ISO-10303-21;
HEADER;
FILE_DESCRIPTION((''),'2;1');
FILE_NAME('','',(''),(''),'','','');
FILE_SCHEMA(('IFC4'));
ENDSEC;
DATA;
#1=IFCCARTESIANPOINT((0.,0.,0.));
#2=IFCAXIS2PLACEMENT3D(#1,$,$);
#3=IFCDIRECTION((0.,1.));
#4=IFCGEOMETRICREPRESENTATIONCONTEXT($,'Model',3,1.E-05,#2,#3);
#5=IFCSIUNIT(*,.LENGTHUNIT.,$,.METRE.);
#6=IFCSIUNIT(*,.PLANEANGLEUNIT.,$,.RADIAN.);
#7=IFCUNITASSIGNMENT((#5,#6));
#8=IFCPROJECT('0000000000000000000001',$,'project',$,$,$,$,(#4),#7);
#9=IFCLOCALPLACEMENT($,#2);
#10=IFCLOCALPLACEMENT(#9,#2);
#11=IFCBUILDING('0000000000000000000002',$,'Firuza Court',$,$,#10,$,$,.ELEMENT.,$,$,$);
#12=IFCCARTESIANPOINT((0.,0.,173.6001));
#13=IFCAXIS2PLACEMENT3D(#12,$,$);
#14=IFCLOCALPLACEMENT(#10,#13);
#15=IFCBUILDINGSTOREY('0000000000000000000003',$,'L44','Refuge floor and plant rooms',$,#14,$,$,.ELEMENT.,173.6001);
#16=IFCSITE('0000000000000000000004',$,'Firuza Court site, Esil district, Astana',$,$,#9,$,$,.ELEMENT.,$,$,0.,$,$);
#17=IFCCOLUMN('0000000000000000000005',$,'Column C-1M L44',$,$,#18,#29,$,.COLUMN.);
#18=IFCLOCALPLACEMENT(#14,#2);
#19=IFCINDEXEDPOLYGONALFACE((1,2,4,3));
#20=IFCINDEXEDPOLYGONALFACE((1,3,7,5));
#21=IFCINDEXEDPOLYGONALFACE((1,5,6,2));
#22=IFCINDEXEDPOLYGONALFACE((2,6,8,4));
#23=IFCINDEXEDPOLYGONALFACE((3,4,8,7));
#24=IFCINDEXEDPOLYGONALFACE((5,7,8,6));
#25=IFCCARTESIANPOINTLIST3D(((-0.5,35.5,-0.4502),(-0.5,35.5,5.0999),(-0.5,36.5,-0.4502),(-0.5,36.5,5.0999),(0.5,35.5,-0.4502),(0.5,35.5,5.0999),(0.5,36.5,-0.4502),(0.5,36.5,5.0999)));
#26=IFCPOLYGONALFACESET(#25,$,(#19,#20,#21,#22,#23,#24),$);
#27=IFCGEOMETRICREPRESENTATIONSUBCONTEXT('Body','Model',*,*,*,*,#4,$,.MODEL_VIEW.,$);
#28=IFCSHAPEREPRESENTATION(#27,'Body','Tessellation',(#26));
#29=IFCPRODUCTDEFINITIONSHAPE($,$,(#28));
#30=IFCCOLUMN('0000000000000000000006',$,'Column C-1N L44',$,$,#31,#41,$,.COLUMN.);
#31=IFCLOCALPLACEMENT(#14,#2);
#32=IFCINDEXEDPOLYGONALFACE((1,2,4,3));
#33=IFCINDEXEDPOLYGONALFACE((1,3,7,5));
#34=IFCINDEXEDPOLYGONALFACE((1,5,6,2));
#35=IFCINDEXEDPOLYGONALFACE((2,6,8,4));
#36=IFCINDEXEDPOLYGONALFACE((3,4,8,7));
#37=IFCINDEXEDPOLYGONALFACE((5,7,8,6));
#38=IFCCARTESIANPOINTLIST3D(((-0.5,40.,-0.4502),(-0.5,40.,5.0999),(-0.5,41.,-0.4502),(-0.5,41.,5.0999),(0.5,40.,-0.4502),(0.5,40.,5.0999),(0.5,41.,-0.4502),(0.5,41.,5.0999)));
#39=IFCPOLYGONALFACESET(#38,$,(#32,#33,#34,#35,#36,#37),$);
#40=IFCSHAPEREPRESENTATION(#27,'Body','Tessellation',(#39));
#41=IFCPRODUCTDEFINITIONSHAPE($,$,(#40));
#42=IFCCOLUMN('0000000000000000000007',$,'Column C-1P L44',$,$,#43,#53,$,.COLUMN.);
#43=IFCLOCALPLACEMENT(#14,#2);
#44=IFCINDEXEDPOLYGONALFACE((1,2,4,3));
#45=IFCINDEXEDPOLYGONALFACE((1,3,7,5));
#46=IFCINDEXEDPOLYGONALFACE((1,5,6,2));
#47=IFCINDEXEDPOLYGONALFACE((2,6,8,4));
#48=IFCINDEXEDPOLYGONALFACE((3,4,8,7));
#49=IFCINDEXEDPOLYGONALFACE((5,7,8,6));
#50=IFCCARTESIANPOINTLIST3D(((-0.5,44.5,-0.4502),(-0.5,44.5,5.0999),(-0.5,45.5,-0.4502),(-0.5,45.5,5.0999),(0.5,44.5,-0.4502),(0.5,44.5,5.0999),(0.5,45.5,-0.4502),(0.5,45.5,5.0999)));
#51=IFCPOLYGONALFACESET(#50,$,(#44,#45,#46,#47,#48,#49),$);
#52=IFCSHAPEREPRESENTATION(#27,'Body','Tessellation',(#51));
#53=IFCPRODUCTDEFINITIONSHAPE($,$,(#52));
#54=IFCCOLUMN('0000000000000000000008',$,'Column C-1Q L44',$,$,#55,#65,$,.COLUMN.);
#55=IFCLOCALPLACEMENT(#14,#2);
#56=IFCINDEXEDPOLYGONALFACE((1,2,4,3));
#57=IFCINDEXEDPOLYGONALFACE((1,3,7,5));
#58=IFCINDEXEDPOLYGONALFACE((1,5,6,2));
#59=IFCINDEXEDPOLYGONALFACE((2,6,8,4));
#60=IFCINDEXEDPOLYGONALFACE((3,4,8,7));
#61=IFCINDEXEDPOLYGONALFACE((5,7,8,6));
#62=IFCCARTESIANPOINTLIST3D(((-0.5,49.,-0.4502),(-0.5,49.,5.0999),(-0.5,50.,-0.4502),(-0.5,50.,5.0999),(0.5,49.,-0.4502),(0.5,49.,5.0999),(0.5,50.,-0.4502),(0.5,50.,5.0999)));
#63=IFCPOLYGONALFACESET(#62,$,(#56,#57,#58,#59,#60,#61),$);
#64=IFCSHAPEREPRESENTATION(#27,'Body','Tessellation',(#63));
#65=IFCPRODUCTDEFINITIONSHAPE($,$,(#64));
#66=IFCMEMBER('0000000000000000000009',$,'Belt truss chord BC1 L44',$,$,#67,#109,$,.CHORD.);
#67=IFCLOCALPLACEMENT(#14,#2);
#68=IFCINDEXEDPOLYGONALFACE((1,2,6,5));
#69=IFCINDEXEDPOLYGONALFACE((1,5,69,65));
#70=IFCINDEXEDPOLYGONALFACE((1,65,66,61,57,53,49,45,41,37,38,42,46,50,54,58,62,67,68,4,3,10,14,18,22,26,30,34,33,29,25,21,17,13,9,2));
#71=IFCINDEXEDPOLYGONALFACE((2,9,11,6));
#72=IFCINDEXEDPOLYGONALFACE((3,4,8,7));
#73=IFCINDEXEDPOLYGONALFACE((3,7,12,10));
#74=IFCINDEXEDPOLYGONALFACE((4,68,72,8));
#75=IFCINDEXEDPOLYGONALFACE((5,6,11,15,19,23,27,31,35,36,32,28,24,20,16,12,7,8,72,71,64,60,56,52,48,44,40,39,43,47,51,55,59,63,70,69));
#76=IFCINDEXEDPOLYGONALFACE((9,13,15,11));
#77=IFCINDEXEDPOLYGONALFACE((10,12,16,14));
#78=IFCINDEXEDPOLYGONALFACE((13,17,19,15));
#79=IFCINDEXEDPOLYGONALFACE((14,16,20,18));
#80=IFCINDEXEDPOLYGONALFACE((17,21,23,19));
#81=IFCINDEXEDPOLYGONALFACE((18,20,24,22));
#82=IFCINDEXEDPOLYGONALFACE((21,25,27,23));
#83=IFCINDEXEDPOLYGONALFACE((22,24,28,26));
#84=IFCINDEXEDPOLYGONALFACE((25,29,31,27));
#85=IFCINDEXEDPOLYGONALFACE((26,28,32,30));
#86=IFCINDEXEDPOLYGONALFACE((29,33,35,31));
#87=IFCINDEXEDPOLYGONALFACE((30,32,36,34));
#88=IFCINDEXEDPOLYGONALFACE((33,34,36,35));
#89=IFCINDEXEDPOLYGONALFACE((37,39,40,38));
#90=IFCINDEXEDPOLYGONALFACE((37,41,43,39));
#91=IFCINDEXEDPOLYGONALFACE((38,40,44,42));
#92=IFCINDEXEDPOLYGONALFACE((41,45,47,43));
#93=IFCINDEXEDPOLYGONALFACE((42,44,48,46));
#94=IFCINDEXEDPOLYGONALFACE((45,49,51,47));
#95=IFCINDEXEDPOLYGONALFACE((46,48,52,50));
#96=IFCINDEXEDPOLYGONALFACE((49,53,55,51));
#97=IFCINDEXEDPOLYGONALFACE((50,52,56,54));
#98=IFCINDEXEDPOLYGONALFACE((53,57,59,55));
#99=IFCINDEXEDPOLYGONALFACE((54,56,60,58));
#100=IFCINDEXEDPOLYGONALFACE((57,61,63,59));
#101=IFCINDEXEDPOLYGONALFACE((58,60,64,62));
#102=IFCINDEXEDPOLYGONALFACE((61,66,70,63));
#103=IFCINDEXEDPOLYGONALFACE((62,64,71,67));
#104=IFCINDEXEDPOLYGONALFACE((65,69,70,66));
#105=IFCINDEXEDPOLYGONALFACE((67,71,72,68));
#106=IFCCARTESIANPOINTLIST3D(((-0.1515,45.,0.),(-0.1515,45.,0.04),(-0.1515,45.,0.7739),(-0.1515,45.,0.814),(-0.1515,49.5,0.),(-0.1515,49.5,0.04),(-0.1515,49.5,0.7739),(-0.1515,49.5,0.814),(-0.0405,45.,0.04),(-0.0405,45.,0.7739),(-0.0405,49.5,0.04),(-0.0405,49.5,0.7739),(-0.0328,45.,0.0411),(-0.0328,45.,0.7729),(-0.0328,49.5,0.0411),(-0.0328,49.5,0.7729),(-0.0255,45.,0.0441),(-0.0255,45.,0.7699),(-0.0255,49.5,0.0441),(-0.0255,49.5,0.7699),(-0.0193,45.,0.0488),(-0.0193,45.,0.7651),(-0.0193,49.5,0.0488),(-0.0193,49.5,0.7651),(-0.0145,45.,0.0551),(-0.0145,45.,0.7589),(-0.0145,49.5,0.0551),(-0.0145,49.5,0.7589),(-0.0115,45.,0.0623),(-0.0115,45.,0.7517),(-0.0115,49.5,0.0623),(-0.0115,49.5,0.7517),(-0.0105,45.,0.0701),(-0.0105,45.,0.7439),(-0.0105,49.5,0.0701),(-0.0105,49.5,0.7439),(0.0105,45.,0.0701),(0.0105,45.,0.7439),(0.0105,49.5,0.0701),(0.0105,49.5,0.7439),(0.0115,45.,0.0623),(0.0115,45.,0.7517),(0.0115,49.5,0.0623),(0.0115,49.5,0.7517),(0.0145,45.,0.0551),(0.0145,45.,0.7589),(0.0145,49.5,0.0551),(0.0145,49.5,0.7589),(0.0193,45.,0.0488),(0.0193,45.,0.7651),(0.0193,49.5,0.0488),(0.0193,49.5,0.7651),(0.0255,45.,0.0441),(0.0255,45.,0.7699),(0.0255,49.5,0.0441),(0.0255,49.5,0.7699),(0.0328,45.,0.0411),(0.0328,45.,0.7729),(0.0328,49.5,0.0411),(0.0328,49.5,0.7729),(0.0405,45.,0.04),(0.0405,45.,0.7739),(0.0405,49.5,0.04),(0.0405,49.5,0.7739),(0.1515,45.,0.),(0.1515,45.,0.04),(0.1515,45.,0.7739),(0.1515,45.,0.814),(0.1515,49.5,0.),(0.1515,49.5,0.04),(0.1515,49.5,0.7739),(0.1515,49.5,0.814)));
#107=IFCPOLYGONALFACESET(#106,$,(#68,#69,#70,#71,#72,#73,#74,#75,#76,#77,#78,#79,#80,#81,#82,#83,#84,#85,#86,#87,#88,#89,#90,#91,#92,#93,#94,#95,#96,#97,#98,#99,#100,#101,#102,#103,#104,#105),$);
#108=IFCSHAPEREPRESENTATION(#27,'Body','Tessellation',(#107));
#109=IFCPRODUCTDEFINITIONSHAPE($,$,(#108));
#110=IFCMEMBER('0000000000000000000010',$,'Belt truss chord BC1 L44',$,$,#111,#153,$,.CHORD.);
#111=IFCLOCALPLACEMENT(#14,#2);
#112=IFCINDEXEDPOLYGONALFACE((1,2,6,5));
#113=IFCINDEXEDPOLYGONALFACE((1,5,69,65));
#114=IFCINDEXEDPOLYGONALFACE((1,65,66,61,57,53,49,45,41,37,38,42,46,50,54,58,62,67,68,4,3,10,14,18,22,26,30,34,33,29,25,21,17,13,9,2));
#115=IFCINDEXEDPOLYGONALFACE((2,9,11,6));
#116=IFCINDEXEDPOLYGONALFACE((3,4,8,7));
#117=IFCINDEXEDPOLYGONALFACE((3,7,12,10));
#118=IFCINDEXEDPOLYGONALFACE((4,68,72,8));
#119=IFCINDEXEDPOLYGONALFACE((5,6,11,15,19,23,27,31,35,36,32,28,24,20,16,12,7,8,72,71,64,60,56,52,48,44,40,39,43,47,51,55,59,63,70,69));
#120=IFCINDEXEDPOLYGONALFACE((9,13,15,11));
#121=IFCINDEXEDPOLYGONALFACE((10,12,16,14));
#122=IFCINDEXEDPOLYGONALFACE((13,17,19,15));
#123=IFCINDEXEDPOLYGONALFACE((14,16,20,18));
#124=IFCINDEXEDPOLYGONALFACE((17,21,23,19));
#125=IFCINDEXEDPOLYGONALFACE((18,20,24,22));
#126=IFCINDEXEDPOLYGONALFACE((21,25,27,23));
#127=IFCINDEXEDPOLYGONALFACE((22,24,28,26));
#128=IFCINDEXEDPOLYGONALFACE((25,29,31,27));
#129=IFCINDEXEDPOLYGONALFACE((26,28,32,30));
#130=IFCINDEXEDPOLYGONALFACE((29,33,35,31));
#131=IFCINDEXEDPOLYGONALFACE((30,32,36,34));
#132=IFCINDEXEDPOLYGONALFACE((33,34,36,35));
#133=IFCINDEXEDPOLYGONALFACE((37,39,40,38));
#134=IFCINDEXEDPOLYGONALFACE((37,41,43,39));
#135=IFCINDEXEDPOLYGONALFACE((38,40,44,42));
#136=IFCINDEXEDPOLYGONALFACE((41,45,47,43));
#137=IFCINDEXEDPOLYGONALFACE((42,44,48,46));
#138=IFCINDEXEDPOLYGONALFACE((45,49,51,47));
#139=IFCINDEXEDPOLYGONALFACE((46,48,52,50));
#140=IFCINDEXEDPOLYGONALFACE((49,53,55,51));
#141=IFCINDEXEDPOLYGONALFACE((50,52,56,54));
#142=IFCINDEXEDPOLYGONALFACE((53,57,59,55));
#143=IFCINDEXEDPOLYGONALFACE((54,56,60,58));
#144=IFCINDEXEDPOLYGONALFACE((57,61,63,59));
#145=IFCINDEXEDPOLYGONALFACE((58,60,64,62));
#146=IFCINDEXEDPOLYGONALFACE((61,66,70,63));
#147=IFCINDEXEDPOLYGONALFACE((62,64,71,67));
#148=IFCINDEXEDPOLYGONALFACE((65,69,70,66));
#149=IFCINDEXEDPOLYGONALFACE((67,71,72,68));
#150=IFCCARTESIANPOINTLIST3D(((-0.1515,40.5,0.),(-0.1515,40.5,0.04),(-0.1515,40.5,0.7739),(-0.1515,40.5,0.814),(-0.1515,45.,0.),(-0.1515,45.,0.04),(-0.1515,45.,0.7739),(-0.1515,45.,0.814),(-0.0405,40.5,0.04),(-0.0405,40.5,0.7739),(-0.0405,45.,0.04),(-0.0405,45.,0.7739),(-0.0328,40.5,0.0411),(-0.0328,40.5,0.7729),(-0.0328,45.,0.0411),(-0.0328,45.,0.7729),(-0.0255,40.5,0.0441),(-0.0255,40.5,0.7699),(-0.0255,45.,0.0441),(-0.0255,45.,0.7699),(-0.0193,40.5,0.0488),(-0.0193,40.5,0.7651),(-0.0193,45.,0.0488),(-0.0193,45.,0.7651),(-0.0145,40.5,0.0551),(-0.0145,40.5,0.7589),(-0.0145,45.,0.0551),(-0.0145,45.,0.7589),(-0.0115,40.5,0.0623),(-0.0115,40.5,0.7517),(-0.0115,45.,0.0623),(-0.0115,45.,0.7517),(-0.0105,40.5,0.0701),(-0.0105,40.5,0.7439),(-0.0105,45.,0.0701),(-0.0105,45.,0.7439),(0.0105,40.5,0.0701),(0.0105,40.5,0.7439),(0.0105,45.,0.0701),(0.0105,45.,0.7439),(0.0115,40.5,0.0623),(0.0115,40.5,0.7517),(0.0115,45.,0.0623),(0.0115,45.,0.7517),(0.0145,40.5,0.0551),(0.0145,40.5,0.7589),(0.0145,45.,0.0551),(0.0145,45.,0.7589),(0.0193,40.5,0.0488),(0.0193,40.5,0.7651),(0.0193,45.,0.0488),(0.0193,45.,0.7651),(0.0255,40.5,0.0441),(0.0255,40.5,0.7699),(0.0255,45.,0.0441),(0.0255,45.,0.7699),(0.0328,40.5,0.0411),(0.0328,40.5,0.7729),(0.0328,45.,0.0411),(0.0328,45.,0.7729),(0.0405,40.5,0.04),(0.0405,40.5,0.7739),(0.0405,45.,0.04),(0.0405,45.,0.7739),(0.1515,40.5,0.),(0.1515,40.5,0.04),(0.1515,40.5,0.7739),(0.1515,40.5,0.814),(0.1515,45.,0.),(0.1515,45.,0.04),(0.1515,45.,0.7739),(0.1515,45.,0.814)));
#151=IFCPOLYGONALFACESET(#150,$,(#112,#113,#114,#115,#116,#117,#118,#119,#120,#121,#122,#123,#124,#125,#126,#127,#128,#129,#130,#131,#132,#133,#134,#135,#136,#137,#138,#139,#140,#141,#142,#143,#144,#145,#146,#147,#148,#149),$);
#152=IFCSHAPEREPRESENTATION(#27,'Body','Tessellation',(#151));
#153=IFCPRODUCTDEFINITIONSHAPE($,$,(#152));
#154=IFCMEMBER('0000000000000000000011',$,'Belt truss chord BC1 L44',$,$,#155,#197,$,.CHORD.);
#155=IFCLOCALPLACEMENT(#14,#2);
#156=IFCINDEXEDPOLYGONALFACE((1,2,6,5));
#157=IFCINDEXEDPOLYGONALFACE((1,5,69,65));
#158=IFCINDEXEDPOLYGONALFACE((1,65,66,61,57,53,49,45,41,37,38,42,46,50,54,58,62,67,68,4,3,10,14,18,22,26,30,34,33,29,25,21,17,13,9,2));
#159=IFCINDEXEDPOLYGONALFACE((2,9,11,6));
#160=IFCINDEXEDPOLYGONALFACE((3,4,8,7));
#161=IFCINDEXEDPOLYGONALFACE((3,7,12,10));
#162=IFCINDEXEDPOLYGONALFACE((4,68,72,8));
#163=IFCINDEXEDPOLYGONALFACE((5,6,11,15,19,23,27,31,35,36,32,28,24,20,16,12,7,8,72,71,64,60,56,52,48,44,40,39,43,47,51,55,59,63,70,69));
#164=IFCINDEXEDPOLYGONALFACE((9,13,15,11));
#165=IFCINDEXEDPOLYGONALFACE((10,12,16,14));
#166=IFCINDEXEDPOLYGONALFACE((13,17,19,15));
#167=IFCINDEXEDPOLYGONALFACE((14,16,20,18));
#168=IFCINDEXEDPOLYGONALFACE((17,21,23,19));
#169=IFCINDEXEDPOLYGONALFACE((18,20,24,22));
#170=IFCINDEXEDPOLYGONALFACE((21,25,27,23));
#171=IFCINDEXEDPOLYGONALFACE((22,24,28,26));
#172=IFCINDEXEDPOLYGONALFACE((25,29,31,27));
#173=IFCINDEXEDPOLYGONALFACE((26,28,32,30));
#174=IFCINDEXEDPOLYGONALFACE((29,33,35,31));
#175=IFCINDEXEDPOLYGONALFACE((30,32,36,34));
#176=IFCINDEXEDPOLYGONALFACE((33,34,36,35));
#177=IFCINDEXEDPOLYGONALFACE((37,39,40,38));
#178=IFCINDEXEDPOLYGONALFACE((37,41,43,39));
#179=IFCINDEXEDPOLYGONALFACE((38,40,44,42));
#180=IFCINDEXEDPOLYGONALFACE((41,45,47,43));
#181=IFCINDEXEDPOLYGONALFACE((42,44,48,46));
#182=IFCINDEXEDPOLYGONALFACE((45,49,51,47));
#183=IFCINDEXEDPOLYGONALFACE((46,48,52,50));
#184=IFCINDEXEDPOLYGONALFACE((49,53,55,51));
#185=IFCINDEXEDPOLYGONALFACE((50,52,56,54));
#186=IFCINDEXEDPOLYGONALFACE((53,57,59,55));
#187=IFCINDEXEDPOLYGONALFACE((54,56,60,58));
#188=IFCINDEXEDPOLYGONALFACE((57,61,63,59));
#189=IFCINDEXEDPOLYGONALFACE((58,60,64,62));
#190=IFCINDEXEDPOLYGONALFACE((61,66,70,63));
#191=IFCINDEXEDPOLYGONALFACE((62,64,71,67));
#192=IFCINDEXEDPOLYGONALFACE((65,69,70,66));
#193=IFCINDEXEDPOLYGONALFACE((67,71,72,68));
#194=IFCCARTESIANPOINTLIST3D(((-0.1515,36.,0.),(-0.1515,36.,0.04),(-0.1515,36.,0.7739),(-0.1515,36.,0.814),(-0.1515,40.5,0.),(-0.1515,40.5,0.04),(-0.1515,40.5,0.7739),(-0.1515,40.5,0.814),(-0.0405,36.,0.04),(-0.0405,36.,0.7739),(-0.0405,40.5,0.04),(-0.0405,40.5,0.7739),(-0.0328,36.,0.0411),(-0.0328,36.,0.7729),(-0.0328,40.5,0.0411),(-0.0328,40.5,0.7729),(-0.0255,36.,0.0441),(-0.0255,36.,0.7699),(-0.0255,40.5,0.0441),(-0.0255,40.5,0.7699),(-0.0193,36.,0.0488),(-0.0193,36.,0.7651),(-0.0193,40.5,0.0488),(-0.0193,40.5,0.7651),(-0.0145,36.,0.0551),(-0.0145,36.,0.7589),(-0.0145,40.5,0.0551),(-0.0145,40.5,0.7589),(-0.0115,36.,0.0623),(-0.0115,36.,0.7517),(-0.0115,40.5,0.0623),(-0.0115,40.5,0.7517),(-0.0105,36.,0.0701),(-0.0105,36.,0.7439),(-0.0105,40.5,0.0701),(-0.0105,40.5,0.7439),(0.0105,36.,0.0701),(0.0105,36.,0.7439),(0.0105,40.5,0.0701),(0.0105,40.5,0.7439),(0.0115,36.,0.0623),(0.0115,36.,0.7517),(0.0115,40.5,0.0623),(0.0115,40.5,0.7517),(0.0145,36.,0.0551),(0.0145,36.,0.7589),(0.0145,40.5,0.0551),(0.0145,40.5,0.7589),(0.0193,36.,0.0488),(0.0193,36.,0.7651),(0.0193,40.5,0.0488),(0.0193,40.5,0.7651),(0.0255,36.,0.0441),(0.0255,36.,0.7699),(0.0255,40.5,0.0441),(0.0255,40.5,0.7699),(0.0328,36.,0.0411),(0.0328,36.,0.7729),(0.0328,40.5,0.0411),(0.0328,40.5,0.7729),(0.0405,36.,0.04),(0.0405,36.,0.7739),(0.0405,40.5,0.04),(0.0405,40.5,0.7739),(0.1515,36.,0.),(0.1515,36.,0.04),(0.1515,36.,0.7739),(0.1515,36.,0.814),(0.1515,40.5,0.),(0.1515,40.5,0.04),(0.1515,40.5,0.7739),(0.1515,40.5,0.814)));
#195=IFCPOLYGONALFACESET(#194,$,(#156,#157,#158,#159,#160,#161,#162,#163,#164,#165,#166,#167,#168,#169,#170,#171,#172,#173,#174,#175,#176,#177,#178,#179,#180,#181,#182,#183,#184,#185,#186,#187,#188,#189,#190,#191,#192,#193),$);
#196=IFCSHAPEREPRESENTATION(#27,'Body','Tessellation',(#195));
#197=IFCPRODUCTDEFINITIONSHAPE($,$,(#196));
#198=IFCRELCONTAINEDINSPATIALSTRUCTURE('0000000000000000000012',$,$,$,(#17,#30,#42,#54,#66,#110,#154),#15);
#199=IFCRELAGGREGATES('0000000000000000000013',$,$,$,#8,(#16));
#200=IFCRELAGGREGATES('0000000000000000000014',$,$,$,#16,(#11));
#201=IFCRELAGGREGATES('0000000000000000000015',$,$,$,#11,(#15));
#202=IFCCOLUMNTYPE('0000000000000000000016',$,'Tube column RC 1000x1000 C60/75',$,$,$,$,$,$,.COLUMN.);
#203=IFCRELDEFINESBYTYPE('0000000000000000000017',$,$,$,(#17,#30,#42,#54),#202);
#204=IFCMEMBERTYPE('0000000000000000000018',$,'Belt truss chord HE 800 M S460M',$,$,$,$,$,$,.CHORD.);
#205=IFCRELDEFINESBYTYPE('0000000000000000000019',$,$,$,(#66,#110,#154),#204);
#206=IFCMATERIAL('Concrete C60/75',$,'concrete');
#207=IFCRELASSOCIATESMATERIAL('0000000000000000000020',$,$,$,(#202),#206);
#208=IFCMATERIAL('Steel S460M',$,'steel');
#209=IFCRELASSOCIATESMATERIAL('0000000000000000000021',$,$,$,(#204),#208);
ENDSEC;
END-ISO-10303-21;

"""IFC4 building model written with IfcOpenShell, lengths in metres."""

from ifc_helpers import new_model, si_unit, direction, frame, origin, origin_2d, place, context, subcontext, project, spatial, rectangle, i_section, extrude, material, material_profile, profile_set, type_object, element, save


model = new_model("IFC4")

# Units and contexts
model_context = context("Model", 3, precision=1e-05, world=origin(), true_north=direction((0.0, 1.0)))
body_context = subcontext(model_context, "Body", "Model", "MODEL_VIEW")
ifc_project = project(units=[si_unit("LENGTHUNIT", "METRE"), si_unit("PLANEANGLEUNIT", "RADIAN")], contexts=[model_context])

# Site, building, storey
site_placement = place(None, origin())
site = spatial("IfcSite", under=ifc_project, at=site_placement, Name="Firuza Court site, Esil district, Astana", CompositionType="ELEMENT", RefElevation=0.0)
building_placement = place(site_placement, origin())
building = spatial("IfcBuilding", under=site, at=building_placement, Name="Firuza Court", CompositionType="ELEMENT")
storey_placement = place(building_placement, frame((0.0, 0.0, 173.6001)))
storey = spatial("IfcBuildingStorey", under=building, at=storey_placement, Name="L44", Description="Refuge floor and plant rooms", CompositionType="ELEMENT", Elevation=173.6001)

# Columns
ifc_material_1 = material(Name="Concrete C60/75", Category="concrete")
ifc_material_profile_1 = material_profile(ifc_material_1, rectangle(XDim=1.0, YDim=1.0, at=origin_2d()), Name="RC 1000x1000")
ifc_profile_set_1 = profile_set([ifc_material_profile_1], Name="Concrete C60/75")
column_type = type_object("IfcColumnType", Name="Tube column RC 1000x1000 C60/75", PredefinedType="COLUMN", material=ifc_profile_set_1)
for number, where, z_axis, x_axis, name in (
    (1, (0.0, 36.0, -0.4502), (0.0, 0.0, 1.0), (1.0, 0.0, 0.0), "Column C-1M L44"),
    (2, (0.0, 40.5, -0.4502), (0.0, 0.0, 1.0), (1.0, 0.0, 0.0), "Column C-1N L44"),
    (3, (0.0, 45.0, -0.4502), (0.0, 0.0, 1.0), (1.0, 0.0, 0.0), "Column C-1P L44"),
    (4, (0.0, 49.5, -0.4502), (0.0, 0.0, 1.0), (1.0, 0.0, 0.0), "Column C-1Q L44"),
):
    element("IfcColumn", number, at=place(storey_placement, frame(where, z_axis=z_axis, x_axis=x_axis)), inside=storey, type_object=column_type, Name=name, PredefinedType="COLUMN", context=body_context, shape_type="SweptSolid", body=[
        extrude(rectangle(XDim=1.0, YDim=1.0, at=origin_2d()), origin(), (0.0, 0.0, 1.0), 5.55),
    ])

# Members
ifc_material_2 = material(Name="Steel S460M", Category="steel")
ifc_material_profile_2 = material_profile(ifc_material_2, i_section(OverallWidth=0.303, OverallDepth=0.814, WebThickness=0.021, FlangeThickness=0.04, FilletRadius=0.03, at=origin_2d()), Name="HE 800 M")
ifc_profile_set_2 = profile_set([ifc_material_profile_2], Name="Steel S460M")
member_type_1 = type_object("IfcMemberType", Name="Belt truss chord HE 800 M S460M", PredefinedType="CHORD", material=ifc_profile_set_2)
for number, where, z_axis, x_axis, name in (
    (5, (0.0, 49.5, 0.407), (0.0, -1.0, 0.0), (1.0, 0.0, 0.0), "Belt truss chord BC1 L44"),
    (6, (0.0, 45.0, 0.407), (0.0, -1.0, 0.0), (1.0, 0.0, 0.0), "Belt truss chord BC1 L44"),
    (7, (0.0, 40.5, 0.407), (0.0, -1.0, 0.0), (1.0, 0.0, 0.0), "Belt truss chord BC1 L44"),
):
    element("IfcMember", number, at=place(storey_placement, frame(where, z_axis=z_axis, x_axis=x_axis)), inside=storey, type_object=member_type_1, Name=name, PredefinedType="CHORD", context=body_context, shape_type="SweptSolid", body=[
        extrude(i_section(OverallWidth=0.303, OverallDepth=0.814, WebThickness=0.021, FlangeThickness=0.04, FilletRadius=0.03, at=origin_2d()), origin(), (0.0, 0.0, 1.0), 4.5),
    ])

save(model, "model.ifc")
